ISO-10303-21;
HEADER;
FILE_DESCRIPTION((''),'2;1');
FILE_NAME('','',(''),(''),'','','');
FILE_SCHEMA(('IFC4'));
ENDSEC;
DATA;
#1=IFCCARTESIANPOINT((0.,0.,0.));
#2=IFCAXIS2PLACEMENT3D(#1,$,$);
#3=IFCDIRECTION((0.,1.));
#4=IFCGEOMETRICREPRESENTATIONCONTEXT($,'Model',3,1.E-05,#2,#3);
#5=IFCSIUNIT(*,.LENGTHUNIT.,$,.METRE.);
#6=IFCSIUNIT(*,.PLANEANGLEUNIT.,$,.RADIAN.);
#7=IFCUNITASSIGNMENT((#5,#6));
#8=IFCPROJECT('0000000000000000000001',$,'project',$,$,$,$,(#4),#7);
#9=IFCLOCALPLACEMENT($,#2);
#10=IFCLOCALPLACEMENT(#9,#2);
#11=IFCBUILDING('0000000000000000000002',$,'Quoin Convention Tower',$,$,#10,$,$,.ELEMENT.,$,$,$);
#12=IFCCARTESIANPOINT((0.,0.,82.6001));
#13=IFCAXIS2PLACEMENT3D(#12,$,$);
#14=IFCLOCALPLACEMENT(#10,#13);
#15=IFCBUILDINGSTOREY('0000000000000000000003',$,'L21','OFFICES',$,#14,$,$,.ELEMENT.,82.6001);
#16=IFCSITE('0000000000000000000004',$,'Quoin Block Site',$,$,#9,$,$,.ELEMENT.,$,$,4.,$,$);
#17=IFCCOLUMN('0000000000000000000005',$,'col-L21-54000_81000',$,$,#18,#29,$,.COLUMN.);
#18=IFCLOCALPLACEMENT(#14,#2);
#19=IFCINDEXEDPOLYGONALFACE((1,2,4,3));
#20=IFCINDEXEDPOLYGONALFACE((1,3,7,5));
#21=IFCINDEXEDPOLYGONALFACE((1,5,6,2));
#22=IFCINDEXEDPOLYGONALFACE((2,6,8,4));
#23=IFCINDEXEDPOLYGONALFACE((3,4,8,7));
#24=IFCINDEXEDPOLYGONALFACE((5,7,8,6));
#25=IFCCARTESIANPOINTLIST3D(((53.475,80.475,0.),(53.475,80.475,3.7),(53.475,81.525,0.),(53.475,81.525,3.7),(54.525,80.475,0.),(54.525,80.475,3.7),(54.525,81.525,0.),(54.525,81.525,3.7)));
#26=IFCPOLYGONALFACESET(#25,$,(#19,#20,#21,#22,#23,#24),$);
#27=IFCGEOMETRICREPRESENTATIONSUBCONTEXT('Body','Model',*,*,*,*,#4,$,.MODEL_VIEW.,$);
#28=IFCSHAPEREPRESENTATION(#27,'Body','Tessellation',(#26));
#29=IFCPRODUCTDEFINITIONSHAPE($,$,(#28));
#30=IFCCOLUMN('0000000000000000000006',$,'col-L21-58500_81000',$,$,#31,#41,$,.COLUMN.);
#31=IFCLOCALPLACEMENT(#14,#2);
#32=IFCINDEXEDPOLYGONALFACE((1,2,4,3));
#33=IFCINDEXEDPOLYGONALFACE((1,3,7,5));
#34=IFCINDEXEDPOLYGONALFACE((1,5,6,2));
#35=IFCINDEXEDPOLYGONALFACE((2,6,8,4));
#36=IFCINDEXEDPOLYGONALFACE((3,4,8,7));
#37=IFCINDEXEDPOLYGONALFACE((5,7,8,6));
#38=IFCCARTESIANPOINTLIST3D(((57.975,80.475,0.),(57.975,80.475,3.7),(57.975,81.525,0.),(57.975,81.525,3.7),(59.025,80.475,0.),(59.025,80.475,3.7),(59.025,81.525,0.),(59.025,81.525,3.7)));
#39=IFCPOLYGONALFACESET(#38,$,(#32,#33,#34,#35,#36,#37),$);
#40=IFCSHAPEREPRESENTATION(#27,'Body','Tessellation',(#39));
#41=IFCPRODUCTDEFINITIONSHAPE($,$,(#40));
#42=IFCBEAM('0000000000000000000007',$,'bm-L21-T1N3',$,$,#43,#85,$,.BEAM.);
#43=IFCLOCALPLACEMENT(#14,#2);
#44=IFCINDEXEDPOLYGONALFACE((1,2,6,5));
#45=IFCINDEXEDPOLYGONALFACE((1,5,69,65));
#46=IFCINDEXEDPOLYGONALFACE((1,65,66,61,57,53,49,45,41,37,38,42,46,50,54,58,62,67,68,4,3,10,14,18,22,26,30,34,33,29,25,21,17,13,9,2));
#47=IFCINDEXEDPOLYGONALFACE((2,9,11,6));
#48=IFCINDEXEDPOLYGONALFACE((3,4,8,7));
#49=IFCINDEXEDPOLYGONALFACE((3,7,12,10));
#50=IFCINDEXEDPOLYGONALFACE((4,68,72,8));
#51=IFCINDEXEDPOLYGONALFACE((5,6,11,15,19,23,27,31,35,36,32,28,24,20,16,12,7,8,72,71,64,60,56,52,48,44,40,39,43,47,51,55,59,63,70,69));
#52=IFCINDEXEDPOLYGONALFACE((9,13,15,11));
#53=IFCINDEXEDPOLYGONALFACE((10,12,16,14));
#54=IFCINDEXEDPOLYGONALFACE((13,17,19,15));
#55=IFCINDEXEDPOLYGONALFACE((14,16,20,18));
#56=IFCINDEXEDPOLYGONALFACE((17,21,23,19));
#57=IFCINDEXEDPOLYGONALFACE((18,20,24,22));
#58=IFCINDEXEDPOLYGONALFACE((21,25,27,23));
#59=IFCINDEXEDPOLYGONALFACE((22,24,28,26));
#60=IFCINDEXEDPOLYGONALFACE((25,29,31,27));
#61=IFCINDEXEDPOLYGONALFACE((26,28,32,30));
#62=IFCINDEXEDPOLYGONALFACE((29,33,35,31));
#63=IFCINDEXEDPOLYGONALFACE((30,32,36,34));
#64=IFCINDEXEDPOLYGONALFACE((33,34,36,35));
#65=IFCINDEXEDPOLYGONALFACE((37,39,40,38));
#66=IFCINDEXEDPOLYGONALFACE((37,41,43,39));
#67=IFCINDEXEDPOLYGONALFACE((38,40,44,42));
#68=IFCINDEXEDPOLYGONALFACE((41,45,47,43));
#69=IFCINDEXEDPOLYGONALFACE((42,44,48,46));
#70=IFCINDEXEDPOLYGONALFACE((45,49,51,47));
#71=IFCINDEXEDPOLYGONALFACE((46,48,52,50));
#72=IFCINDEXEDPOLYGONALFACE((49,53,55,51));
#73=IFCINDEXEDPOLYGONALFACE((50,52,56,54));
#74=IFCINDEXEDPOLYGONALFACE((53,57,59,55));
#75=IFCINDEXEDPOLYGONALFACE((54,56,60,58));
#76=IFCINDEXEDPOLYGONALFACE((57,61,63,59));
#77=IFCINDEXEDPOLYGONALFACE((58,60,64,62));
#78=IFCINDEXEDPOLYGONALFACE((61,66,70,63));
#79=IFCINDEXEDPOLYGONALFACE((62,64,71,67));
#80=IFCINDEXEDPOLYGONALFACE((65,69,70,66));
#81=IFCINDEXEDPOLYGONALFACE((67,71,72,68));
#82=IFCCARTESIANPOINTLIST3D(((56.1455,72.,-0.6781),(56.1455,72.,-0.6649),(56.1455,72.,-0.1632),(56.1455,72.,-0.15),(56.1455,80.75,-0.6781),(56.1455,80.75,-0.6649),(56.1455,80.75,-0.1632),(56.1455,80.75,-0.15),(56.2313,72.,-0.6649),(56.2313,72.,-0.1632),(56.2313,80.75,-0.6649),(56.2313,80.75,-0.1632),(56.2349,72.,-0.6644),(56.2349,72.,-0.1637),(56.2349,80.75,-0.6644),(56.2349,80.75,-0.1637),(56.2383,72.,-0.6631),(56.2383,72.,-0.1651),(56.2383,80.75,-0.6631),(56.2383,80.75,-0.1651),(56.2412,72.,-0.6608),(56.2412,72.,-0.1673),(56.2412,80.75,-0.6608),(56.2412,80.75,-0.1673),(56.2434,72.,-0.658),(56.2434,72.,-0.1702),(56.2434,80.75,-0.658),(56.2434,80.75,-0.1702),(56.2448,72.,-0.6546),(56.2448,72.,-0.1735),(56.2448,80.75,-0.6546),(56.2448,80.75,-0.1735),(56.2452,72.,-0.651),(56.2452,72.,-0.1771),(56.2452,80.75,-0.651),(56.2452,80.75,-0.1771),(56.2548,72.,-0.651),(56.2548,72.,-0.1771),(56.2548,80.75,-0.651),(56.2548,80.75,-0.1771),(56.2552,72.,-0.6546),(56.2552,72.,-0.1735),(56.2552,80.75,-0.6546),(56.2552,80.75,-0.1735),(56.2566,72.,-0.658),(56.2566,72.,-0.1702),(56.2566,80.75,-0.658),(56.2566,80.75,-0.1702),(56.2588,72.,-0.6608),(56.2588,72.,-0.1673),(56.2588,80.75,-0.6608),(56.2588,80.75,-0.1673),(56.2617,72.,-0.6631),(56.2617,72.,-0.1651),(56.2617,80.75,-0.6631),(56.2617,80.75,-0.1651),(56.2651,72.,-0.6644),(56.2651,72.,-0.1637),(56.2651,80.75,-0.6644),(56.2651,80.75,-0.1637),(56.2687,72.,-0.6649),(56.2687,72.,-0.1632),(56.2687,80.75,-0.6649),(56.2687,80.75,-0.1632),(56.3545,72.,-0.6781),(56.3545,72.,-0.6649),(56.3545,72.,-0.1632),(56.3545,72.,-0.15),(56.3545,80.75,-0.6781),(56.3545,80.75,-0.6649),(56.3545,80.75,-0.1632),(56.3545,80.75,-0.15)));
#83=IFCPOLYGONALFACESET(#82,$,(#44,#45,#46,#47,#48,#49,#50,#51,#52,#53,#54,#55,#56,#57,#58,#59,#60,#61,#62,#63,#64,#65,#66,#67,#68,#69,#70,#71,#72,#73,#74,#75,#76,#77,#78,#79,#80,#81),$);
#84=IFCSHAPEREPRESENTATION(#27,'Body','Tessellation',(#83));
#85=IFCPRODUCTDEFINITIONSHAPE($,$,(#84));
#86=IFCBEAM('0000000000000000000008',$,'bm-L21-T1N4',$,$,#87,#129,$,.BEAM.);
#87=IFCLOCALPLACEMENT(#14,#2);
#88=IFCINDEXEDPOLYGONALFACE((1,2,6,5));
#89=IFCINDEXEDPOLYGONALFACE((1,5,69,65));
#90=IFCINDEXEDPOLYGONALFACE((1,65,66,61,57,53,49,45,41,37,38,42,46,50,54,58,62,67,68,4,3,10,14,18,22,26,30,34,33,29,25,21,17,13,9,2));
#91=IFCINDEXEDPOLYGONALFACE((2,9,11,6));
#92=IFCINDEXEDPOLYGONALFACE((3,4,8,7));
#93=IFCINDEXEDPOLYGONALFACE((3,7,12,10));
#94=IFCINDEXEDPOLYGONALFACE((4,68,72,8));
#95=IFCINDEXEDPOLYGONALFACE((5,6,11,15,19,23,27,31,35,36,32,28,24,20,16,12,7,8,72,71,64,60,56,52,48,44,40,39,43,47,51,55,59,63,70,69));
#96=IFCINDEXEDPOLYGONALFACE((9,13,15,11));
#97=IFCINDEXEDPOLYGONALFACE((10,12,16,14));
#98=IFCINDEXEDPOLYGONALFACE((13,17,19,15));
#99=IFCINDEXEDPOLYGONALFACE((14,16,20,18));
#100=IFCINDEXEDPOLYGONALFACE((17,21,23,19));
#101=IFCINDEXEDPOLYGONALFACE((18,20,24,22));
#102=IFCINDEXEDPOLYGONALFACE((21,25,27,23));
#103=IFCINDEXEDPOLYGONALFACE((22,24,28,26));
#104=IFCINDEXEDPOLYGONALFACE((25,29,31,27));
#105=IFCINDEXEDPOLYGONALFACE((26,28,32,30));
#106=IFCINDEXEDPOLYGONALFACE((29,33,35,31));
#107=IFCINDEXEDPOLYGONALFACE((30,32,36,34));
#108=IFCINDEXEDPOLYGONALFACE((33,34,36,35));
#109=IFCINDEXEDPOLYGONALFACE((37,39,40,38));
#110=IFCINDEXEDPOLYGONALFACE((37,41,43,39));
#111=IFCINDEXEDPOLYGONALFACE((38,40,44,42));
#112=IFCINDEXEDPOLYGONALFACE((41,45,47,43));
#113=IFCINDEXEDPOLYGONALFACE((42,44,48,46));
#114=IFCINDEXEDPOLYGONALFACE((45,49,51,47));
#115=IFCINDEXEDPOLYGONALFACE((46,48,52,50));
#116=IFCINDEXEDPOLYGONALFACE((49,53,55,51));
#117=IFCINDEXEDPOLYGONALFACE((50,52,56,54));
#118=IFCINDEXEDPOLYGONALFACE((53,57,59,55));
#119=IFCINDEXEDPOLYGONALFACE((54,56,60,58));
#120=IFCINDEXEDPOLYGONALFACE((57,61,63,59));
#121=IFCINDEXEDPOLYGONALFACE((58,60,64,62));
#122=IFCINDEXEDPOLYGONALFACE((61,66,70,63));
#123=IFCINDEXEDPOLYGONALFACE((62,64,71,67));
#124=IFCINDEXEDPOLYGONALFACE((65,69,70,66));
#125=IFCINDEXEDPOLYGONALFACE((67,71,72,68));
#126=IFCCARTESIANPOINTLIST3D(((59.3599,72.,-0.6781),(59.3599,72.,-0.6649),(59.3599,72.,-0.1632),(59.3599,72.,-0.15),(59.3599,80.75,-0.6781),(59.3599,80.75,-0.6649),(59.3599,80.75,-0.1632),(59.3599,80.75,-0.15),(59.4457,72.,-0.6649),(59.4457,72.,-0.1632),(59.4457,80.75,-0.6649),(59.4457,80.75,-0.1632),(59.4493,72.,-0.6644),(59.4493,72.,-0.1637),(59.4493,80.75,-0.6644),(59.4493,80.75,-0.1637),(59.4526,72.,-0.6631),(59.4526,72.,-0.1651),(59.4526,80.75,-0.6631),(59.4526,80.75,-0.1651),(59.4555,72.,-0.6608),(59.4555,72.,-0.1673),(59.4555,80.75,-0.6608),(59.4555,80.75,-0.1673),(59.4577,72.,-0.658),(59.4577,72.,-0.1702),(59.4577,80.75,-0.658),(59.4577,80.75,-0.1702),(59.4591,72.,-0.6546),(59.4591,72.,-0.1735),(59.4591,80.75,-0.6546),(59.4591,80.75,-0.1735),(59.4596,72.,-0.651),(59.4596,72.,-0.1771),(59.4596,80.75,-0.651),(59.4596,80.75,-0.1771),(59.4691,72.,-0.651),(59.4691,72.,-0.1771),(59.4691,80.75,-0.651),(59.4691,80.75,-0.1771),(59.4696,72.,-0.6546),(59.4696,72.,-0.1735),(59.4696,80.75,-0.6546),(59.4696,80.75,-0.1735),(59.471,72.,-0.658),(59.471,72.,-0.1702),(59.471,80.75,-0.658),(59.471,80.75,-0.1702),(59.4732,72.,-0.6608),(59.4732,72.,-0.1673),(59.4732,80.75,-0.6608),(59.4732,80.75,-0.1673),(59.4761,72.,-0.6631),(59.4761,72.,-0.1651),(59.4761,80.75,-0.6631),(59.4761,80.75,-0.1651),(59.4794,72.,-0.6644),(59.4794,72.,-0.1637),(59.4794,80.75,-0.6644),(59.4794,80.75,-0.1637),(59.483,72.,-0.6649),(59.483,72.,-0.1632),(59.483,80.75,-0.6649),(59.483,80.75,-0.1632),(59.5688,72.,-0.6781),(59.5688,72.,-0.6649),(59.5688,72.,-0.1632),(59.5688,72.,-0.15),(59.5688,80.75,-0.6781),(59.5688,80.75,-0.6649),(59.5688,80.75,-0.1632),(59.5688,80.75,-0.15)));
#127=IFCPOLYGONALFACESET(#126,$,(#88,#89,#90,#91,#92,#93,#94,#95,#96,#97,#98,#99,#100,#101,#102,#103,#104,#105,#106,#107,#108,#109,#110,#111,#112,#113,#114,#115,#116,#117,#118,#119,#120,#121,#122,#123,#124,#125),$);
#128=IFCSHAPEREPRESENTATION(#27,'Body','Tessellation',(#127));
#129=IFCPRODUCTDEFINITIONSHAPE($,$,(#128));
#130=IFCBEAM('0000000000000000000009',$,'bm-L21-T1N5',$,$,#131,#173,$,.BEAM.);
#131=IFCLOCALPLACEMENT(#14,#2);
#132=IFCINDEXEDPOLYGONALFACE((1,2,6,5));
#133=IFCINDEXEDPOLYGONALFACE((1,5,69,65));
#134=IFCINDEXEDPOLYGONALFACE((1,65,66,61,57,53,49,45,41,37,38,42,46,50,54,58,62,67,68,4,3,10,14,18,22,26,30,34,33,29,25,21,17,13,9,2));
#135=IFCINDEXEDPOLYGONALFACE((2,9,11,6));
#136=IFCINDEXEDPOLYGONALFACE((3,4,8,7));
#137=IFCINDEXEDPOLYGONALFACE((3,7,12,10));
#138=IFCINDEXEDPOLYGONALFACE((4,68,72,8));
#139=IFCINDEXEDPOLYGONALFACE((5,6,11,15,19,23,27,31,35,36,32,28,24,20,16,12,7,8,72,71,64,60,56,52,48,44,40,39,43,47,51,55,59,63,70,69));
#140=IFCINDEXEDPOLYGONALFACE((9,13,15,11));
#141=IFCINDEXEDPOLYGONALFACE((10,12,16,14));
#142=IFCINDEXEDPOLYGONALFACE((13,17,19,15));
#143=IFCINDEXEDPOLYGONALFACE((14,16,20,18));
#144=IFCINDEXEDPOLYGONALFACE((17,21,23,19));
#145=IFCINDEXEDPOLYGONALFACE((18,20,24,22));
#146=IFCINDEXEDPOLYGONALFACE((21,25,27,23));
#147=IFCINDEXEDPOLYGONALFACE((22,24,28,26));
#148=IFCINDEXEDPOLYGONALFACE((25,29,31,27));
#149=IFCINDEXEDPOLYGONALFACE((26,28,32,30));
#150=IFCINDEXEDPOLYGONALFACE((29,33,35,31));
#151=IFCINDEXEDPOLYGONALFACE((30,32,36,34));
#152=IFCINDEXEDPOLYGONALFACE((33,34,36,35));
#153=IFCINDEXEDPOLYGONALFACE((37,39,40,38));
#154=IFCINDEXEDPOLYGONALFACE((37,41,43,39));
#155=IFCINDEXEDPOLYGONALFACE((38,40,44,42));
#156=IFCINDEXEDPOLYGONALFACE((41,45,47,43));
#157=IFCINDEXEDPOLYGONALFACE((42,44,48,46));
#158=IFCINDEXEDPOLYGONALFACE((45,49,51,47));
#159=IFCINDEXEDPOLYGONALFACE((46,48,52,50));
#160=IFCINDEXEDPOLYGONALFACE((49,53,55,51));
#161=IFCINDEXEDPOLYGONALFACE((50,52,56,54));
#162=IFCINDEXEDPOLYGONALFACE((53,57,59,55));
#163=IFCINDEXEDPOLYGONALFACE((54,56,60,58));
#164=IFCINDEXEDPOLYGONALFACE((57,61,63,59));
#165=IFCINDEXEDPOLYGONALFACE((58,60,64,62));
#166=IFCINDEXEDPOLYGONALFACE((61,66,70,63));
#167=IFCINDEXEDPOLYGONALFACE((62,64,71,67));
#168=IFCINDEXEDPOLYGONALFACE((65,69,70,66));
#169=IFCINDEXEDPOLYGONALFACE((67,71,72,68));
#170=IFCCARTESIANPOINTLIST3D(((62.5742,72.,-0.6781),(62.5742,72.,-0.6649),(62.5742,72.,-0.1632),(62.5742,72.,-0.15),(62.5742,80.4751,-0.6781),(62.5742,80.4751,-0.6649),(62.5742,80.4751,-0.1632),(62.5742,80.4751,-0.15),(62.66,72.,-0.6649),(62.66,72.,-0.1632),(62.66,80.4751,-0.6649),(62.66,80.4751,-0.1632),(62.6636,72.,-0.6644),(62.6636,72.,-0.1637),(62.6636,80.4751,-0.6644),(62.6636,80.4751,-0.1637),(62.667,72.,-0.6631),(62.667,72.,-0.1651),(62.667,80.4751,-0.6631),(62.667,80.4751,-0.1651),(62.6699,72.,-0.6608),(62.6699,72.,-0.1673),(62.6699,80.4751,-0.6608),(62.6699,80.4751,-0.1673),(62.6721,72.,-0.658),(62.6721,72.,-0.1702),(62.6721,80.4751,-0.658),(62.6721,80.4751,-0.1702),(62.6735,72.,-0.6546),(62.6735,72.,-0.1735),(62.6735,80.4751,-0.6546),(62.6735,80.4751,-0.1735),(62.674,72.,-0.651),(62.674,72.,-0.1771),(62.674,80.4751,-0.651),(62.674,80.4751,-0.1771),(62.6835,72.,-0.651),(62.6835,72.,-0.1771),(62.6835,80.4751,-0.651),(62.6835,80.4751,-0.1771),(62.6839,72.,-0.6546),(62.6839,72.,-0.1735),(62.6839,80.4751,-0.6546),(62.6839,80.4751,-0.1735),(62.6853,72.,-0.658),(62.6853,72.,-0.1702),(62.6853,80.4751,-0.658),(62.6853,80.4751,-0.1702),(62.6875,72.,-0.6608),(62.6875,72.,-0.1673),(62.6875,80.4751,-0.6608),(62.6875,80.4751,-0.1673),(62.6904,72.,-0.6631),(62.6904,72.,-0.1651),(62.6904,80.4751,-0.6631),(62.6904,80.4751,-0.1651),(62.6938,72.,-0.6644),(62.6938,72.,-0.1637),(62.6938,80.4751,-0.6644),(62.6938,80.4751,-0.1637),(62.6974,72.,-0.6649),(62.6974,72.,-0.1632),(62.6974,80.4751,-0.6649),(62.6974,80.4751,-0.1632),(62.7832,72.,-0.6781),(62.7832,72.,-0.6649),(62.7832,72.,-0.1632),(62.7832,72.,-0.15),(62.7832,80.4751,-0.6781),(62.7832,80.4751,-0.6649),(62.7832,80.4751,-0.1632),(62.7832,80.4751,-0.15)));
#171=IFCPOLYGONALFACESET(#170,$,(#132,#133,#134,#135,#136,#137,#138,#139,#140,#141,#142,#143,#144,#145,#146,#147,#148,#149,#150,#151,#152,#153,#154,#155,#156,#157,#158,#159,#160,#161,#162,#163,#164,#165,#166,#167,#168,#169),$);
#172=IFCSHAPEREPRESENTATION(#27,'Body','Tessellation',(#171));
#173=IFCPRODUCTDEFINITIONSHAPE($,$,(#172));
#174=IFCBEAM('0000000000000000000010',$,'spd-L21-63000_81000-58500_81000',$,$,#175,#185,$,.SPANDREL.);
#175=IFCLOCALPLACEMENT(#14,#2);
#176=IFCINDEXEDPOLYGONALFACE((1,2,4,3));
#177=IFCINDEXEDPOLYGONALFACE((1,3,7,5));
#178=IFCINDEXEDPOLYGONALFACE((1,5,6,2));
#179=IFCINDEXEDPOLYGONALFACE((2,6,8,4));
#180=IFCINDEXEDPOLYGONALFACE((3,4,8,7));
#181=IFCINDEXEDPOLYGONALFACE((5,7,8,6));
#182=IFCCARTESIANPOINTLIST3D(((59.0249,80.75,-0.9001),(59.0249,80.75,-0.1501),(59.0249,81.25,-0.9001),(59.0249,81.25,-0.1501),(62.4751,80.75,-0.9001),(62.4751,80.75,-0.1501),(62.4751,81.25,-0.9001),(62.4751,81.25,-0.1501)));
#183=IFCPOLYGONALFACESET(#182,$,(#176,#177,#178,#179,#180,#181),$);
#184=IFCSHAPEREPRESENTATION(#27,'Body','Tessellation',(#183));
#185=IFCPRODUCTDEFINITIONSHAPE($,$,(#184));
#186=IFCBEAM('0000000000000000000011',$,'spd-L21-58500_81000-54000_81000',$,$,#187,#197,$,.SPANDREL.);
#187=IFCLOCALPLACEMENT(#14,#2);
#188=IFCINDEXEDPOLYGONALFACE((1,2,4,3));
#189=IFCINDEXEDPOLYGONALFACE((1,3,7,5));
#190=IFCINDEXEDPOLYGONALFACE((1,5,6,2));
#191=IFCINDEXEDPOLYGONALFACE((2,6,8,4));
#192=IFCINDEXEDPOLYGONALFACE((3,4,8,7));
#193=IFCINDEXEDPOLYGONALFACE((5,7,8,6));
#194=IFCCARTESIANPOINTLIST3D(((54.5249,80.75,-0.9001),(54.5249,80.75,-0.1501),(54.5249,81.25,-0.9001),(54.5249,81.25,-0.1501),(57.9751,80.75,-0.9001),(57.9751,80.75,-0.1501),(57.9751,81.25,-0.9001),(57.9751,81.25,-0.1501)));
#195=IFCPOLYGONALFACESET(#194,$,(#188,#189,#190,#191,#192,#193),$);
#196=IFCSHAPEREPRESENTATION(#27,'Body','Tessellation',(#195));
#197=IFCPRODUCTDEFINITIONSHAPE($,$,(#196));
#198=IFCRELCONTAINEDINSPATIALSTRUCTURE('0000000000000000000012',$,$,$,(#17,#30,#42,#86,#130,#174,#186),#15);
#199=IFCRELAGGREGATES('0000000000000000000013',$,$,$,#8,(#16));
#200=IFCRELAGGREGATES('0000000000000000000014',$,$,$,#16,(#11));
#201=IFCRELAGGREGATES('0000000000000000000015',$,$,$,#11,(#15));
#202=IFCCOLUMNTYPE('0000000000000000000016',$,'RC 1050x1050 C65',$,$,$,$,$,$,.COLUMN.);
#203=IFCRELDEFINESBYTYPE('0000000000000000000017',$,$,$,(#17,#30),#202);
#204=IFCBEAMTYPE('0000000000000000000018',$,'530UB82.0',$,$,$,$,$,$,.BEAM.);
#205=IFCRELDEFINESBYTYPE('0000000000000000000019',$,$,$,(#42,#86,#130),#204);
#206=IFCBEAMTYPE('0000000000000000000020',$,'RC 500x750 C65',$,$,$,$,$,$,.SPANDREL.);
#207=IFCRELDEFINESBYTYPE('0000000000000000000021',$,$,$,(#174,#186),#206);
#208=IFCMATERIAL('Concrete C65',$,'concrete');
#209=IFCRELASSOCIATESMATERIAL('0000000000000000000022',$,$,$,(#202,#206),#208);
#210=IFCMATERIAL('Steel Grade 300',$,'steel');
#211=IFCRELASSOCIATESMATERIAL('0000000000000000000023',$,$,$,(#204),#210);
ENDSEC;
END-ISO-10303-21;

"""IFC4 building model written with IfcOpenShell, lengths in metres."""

from ifc_helpers import new_model, si_unit, direction, frame, origin, origin_2d, place, context, subcontext, project, spatial, rectangle, i_section, extrude, material, material_profile, profile_set, type_object, element, save


model = new_model("IFC4")

# Units and contexts
model_context = context("Model", 3, precision=1e-05, world=origin(), true_north=direction((0.0, 1.0)))
body_context = subcontext(model_context, "Body", "Model", "MODEL_VIEW")
ifc_project = project(units=[si_unit("LENGTHUNIT", "METRE"), si_unit("PLANEANGLEUNIT", "RADIAN")], contexts=[model_context])

# Site, building, storey
site_placement = place(None, origin())
site = spatial("IfcSite", under=ifc_project, at=site_placement, Name="Quoin Block Site", CompositionType="ELEMENT", RefElevation=4.0)
building_placement = place(site_placement, origin())
building = spatial("IfcBuilding", under=site, at=building_placement, Name="Quoin Convention Tower", CompositionType="ELEMENT")
storey_placement = place(building_placement, frame((0.0, 0.0, 82.6001)))
storey = spatial("IfcBuildingStorey", under=building, at=storey_placement, Name="L21", Description="OFFICES", CompositionType="ELEMENT", Elevation=82.6001)

# Columns
ifc_material_1 = material(Name="Concrete C65", Category="concrete")
ifc_material_profile_1 = material_profile(ifc_material_1, rectangle(XDim=1.05, YDim=1.05, at=origin_2d()), Name="RC 1050x1050")
ifc_profile_set_1 = profile_set([ifc_material_profile_1], Name="Concrete C65")
column_type = type_object("IfcColumnType", Name="RC 1050x1050 C65", PredefinedType="COLUMN", material=ifc_profile_set_1)
for number, where, z_axis, x_axis, name in (
    (1, (54.0, 81.0, 0.0), (0.0, 0.0, 1.0), (1.0, 0.0, 0.0), "col-L21-54000_81000"),
    (2, (58.5, 81.0, 0.0), (0.0, 0.0, 1.0), (1.0, 0.0, 0.0), "col-L21-58500_81000"),
):
    element("IfcColumn", number, at=place(storey_placement, frame(where, z_axis=z_axis, x_axis=x_axis)), inside=storey, type_object=column_type, Name=name, PredefinedType="COLUMN", context=body_context, shape_type="SweptSolid", body=[
        extrude(rectangle(XDim=1.05, YDim=1.05, at=origin_2d()), origin(), (0.0, 0.0, 1.0), 3.7),
    ])

# Beams
ifc_material_2 = material(Name="Steel Grade 300", Category="steel")
ifc_material_profile_2 = material_profile(ifc_material_2, i_section(OverallWidth=0.209, OverallDepth=0.5281, WebThickness=0.0095, FlangeThickness=0.0132, FilletRadius=0.0139, at=origin_2d()), Name="530UB82.0")
ifc_profile_set_2 = profile_set([ifc_material_profile_2], Name="Steel Grade 300")
beam_type_1 = type_object("IfcBeamType", Name="530UB82.0", PredefinedType="BEAM", material=ifc_profile_set_2)
for number, where, z_axis, x_axis, name in (
    (3, (56.25, 72.0, -0.4141), (0.0, 1.0, 0.0), (-1.0, 0.0, 0.0), "bm-L21-T1N3"),
    (4, (59.4644, 72.0, -0.4141), (0.0, 1.0, 0.0), (-1.0, 0.0, 0.0), "bm-L21-T1N4"),
):
    element("IfcBeam", number, at=place(storey_placement, frame(where, z_axis=z_axis, x_axis=x_axis)), inside=storey, type_object=beam_type_1, Name=name, PredefinedType="BEAM", context=body_context, shape_type="SweptSolid", body=[
        extrude(i_section(OverallWidth=0.209, OverallDepth=0.5281, WebThickness=0.0095, FlangeThickness=0.0132, FilletRadius=0.0139, at=origin_2d()), origin(), (0.0, 0.0, 1.0), 8.75),
    ])
beam_placement = place(storey_placement, frame((62.6787, 72.0, -0.4141), z_axis=(0.0, 1.0, 0.0), x_axis=(-1.0, 0.0, 0.0)))
element("IfcBeam", 5, at=beam_placement, inside=storey, type_object=beam_type_1, Name="bm-L21-T1N5", PredefinedType="BEAM", context=body_context, shape_type="SweptSolid", body=[
    extrude(i_section(OverallWidth=0.209, OverallDepth=0.5281, WebThickness=0.0095, FlangeThickness=0.0132, FilletRadius=0.0139, at=origin_2d()), origin(), (0.0, 0.0, 1.0), 8.4751),
])
ifc_material_profile_3 = material_profile(ifc_material_1, rectangle(XDim=0.5, YDim=0.75, at=origin_2d()), Name="RC 500x750")
ifc_profile_set_3 = profile_set([ifc_material_profile_3], Name="Concrete C65")
beam_type_2 = type_object("IfcBeamType", Name="RC 500x750 C65", PredefinedType="SPANDREL", material=ifc_profile_set_3)
for number, where, z_axis, x_axis, name in (
    (6, (62.4751, 81.0, -0.5251), (-1.0, 0.0, 0.0), (0.0, -1.0, 0.0), "spd-L21-63000_81000-58500_81000"),
    (7, (57.9751, 81.0, -0.5251), (-1.0, 0.0, 0.0), (0.0, -1.0, 0.0), "spd-L21-58500_81000-54000_81000"),
):
    element("IfcBeam", number, at=place(storey_placement, frame(where, z_axis=z_axis, x_axis=x_axis)), inside=storey, type_object=beam_type_2, Name=name, PredefinedType="SPANDREL", context=body_context, shape_type="SweptSolid", body=[
        extrude(rectangle(XDim=0.5, YDim=0.75, at=origin_2d()), origin(), (0.0, 0.0, 1.0), 3.4502),
    ])

save(model, "model.ifc")
